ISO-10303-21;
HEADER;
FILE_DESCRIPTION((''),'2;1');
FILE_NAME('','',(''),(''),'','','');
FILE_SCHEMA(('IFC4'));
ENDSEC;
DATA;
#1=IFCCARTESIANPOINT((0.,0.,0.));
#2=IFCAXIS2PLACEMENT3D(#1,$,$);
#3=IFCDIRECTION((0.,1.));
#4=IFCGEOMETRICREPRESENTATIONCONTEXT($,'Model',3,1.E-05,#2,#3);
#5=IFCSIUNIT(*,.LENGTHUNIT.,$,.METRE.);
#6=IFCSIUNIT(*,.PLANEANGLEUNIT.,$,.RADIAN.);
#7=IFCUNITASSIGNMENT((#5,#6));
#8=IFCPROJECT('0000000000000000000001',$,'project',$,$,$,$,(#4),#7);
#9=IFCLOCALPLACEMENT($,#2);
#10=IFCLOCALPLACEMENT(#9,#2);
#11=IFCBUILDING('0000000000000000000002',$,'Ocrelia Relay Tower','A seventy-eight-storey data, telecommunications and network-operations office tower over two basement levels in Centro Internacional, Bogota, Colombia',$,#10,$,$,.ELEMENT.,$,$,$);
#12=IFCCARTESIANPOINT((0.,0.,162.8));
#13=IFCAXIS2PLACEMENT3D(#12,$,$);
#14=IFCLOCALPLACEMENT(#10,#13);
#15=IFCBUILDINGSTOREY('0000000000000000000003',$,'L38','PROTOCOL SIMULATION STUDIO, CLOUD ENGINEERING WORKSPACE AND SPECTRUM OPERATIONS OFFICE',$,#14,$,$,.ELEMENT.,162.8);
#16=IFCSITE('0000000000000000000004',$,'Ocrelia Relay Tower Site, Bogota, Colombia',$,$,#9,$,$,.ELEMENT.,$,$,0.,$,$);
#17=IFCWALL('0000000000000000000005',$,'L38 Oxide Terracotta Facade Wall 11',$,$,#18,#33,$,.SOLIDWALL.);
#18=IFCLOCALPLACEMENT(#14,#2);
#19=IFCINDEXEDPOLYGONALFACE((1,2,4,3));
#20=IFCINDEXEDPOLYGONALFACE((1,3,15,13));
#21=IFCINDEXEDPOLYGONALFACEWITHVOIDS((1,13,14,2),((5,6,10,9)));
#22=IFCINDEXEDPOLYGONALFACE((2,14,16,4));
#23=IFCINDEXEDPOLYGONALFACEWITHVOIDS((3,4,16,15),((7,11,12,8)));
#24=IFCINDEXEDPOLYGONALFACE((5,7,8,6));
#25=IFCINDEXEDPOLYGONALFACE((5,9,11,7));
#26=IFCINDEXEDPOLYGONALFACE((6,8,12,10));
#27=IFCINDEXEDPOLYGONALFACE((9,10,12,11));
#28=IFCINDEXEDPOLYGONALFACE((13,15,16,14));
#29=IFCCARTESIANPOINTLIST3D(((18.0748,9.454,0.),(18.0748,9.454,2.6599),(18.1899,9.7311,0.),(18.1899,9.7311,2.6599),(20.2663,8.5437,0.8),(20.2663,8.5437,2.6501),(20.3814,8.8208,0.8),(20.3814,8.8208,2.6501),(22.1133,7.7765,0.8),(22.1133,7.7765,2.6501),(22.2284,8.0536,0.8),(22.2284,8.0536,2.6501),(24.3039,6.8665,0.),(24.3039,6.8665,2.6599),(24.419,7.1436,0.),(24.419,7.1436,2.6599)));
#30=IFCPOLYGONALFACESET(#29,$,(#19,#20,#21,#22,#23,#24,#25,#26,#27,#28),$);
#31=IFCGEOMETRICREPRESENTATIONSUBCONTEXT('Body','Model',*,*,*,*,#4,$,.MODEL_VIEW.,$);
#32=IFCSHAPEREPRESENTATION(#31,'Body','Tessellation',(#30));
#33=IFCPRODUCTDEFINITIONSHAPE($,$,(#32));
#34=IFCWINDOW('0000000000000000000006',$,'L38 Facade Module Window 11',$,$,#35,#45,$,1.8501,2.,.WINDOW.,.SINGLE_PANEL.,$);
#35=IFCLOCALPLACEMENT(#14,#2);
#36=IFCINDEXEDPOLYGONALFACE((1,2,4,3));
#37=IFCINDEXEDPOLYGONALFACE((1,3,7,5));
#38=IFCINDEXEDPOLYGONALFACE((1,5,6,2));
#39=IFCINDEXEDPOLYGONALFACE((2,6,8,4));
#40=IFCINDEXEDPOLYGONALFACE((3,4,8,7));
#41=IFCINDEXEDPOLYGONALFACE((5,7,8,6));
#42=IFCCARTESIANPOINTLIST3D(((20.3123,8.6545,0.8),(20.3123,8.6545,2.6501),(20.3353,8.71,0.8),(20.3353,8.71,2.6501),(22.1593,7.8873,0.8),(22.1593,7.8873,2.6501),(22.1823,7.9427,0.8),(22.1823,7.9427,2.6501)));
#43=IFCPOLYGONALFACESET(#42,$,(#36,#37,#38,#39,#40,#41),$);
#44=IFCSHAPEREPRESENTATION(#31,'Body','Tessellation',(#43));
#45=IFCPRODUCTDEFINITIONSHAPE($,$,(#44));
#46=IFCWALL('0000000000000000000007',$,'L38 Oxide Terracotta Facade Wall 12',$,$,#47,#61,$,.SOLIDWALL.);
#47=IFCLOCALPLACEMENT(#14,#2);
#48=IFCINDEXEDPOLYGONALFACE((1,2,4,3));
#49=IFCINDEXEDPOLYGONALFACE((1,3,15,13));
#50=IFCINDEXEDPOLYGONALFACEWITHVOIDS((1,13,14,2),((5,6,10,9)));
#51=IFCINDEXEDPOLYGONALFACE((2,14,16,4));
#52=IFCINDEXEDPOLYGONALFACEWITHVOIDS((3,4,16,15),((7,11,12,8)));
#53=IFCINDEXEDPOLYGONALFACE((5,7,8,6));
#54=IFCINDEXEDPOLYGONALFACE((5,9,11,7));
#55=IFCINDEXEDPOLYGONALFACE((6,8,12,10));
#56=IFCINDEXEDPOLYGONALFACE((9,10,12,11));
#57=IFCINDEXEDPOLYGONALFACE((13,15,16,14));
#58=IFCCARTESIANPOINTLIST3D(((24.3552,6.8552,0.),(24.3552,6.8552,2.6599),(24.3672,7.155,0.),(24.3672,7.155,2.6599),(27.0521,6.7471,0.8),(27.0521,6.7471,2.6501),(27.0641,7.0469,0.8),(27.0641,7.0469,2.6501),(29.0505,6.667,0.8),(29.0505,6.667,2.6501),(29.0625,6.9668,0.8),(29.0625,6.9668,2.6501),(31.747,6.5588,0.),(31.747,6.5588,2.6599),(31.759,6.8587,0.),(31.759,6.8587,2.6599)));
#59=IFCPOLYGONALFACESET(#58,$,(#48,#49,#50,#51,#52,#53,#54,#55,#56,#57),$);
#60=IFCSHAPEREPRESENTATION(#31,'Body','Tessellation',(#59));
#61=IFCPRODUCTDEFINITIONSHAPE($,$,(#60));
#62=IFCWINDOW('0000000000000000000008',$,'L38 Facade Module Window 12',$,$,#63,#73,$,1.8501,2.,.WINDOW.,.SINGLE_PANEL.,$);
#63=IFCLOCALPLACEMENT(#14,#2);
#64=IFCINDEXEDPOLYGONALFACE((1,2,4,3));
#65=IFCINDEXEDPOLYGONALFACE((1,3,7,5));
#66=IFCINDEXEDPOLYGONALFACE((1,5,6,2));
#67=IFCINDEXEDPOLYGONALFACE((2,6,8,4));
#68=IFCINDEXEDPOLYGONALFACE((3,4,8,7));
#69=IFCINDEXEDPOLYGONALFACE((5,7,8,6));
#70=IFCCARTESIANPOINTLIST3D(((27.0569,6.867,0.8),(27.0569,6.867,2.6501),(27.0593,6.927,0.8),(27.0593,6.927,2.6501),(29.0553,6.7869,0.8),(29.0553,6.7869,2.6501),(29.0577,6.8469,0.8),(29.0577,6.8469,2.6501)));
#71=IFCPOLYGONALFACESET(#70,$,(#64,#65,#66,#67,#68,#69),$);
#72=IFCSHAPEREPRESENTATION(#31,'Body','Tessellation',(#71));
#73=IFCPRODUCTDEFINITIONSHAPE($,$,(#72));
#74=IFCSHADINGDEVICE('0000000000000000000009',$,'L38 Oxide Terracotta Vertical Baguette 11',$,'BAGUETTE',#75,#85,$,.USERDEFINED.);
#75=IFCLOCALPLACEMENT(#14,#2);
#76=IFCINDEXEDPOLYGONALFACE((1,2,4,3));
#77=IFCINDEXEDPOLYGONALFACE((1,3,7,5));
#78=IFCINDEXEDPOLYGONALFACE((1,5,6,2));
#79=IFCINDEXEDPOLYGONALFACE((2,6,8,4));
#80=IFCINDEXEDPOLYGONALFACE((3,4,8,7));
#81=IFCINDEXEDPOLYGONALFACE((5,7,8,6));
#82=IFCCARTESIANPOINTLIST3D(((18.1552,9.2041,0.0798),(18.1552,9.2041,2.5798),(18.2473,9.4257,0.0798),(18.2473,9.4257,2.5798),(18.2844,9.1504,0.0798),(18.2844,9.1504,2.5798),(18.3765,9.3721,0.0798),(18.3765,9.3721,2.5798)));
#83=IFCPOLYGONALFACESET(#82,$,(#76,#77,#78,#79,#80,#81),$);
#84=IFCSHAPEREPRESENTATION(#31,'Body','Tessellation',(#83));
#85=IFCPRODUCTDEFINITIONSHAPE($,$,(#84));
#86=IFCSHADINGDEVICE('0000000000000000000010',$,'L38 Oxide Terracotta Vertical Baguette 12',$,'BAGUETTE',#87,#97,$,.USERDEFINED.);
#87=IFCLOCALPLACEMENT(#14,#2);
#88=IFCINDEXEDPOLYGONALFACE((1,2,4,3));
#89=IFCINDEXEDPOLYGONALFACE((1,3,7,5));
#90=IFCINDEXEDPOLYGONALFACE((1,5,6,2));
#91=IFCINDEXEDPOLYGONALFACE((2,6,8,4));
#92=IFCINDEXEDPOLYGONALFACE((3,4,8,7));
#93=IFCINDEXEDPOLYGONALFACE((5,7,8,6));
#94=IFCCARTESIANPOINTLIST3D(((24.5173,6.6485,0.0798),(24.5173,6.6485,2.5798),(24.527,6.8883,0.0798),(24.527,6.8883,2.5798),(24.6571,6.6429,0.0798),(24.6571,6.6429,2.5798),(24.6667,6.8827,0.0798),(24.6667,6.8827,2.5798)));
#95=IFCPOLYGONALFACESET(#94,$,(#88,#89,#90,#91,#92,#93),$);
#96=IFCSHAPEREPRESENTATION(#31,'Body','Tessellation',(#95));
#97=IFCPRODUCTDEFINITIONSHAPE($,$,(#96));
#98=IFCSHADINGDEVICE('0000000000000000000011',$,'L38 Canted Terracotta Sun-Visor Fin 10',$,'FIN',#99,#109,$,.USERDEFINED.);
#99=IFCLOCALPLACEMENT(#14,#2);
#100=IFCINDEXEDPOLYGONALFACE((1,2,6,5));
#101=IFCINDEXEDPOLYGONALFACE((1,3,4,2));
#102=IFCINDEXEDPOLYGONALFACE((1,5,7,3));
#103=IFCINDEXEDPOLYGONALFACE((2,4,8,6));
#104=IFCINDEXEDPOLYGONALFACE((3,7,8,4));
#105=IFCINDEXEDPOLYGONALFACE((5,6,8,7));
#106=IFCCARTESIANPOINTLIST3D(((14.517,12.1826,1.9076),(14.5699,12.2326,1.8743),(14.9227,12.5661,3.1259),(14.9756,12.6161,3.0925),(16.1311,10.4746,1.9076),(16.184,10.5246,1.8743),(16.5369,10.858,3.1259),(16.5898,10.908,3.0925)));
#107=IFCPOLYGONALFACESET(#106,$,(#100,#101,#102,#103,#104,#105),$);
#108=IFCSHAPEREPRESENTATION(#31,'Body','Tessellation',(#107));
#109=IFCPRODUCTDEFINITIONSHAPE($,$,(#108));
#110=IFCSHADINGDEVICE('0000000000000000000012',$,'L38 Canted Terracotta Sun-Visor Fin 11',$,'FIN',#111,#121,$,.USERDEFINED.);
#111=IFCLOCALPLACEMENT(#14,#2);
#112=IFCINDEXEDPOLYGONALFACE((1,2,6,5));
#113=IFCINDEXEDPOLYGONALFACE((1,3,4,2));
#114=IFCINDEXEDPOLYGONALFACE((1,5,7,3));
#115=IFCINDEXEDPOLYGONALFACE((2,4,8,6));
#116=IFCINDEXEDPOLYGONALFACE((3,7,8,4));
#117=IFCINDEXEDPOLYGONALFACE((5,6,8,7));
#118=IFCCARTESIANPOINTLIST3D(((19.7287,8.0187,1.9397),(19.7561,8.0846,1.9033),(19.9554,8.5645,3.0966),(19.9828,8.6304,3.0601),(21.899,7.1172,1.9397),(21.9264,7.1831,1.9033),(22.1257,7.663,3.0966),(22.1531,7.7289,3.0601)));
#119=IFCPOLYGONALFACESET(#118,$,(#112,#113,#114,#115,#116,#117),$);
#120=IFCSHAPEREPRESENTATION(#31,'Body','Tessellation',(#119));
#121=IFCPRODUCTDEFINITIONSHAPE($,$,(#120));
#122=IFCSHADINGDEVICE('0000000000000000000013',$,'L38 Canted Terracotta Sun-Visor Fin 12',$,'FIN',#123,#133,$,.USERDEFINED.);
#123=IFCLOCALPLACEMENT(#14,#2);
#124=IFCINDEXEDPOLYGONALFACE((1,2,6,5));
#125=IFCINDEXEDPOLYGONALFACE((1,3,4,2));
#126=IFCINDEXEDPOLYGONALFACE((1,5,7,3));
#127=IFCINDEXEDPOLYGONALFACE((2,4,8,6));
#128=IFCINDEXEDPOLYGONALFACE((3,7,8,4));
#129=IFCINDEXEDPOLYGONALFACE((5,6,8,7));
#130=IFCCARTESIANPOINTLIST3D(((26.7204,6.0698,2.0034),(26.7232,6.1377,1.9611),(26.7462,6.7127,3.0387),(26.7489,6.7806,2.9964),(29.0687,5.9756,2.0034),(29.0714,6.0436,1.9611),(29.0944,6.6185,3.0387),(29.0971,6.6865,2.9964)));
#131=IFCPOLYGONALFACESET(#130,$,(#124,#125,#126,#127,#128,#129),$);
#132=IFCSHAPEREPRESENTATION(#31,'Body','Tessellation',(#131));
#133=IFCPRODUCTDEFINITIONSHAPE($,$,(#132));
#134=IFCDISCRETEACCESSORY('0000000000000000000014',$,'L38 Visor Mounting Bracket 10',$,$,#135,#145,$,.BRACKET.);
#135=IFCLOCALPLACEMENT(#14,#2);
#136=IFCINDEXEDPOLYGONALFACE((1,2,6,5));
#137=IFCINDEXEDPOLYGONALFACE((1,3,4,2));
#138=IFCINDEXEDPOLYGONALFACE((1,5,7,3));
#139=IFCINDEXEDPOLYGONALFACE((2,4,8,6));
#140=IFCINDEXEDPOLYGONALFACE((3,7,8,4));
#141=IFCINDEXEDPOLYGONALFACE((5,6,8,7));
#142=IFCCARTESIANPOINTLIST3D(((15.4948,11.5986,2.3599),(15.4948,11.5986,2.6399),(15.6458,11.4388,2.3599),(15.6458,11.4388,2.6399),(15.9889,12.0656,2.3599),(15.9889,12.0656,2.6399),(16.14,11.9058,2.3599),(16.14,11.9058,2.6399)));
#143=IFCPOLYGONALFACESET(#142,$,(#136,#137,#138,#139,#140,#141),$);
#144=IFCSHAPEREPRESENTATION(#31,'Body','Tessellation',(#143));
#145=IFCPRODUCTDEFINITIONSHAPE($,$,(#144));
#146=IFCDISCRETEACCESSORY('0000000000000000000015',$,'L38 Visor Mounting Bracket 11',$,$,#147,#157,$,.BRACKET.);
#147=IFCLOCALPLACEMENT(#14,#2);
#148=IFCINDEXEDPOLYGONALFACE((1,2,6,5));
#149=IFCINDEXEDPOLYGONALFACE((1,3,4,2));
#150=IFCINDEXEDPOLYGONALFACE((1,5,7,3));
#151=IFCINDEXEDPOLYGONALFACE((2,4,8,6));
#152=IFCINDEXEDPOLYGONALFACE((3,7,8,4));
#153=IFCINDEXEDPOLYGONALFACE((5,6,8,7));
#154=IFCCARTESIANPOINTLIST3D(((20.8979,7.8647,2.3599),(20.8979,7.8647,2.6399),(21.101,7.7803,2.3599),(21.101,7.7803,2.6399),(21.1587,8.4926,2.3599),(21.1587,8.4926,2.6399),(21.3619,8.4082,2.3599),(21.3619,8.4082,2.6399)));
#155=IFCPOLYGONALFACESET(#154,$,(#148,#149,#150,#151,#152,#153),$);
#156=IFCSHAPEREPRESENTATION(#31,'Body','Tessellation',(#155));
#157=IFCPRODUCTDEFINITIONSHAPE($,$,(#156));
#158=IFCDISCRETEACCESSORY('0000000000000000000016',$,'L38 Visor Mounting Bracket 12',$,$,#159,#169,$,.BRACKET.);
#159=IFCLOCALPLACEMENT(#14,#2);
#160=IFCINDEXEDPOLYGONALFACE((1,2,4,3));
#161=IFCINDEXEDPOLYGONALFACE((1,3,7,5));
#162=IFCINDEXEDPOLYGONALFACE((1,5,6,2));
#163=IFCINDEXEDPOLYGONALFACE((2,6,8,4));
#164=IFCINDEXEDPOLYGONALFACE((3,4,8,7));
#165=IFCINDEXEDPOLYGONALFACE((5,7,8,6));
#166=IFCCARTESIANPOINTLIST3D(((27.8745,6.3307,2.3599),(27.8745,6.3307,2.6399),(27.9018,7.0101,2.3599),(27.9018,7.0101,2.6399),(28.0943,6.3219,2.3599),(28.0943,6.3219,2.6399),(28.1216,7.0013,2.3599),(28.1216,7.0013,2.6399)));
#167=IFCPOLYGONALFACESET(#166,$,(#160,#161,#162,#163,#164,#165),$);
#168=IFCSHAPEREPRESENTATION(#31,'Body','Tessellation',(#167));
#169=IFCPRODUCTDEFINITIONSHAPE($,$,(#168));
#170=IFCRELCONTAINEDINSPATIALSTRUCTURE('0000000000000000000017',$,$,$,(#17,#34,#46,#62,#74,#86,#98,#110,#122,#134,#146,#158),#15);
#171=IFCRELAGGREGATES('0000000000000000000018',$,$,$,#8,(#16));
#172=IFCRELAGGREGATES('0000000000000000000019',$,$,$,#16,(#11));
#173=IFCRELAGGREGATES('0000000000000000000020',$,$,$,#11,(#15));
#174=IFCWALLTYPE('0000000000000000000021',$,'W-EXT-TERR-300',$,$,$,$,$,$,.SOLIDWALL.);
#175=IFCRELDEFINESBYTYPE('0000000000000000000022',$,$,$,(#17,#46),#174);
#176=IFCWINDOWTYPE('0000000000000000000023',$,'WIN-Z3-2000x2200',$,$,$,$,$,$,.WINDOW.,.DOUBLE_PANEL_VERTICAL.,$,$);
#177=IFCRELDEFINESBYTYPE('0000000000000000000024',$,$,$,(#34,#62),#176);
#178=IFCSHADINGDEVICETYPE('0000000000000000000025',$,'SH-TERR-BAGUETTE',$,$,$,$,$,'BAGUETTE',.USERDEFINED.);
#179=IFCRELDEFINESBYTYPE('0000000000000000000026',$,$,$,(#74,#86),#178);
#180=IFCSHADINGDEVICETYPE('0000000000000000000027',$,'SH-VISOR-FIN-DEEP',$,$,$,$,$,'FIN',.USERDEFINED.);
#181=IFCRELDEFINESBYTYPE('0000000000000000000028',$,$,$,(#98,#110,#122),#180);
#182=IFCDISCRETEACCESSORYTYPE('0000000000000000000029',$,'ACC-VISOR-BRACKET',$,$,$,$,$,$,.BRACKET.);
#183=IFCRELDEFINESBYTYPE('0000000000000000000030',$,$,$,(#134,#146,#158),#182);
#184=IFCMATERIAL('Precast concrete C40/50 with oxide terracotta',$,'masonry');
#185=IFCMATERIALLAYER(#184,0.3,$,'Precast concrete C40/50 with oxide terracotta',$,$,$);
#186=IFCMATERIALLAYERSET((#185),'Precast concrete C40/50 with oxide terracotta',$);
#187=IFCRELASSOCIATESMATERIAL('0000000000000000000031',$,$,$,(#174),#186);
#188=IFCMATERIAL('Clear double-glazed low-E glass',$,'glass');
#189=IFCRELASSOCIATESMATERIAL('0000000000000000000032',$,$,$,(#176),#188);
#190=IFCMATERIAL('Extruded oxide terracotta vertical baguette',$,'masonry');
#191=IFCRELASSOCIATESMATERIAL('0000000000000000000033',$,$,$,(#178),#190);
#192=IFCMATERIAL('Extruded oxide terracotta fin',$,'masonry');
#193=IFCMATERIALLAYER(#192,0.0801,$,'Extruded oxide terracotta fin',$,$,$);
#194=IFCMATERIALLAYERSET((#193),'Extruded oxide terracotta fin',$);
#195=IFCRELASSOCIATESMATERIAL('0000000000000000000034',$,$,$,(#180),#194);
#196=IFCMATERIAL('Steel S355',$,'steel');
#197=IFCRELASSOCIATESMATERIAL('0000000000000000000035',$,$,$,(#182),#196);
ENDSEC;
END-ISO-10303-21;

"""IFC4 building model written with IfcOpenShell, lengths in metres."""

from ifc_helpers import new_model, si_unit, direction, frame, frame_2d, origin, origin_2d, place, context, subcontext, project, spatial, rectangle, extrude, material, layer, layer_set, type_object, element, fill, save


model = new_model("IFC4")

# Units and contexts
model_context = context("Model", 3, precision=1e-05, world=origin(), true_north=direction((0.0, 1.0)))
body_context = subcontext(model_context, "Body", "Model", "MODEL_VIEW")
ifc_project = project(units=[si_unit("LENGTHUNIT", "METRE"), si_unit("PLANEANGLEUNIT", "RADIAN")], contexts=[model_context])

# Site, building, storey
site_placement = place(None, origin())
site = spatial("IfcSite", under=ifc_project, at=site_placement, Name="Ocrelia Relay Tower Site, Bogota, Colombia", CompositionType="ELEMENT", RefElevation=0.0)
building_placement = place(site_placement, origin())
building = spatial("IfcBuilding", under=site, at=building_placement, Name="Ocrelia Relay Tower", Description="A seventy-eight-storey data, telecommunications and network-operations office tower over two basement levels in Centro Internacional, Bogota, Colombia", CompositionType="ELEMENT")
storey_placement = place(building_placement, frame((0.0, 0.0, 162.8)))
storey = spatial("IfcBuildingStorey", under=building, at=storey_placement, Name="L38", Description="PROTOCOL SIMULATION STUDIO, CLOUD ENGINEERING WORKSPACE AND SPECTRUM OPERATIONS OFFICE", CompositionType="ELEMENT", Elevation=162.8)

# Shared definitions
ifc_material_1 = material(Name="Steel S355", Category="steel")

# Shared definitions
ifc_material_2 = material(Name="Clear double-glazed low-E glass", Category="glass")

# Walls, openings, windows
ifc_material_3 = material(Name="Precast concrete C40/50 with oxide terracotta", Category="masonry")
ifc_layer_1 = layer(ifc_material_3, 0.3, Name="Precast concrete C40/50 with oxide terracotta")
ifc_layer_set_1 = layer_set([ifc_layer_1], Name="Precast concrete C40/50 with oxide terracotta")
wall_type_1 = type_object("IfcWallType", Name="W-EXT-TERR-300", PredefinedType="SOLIDWALL", material=ifc_layer_set_1)
wall_1_placement = place(storey_placement, frame((18.1323, 9.5925, 0.0), z_axis=(0.0, 0.0, 1.0), x_axis=(0.923498, -0.383603, 0.0)))
wall_1 = element("IfcWall", 1, at=wall_1_placement, inside=storey, type_object=wall_type_1, Name="L38 Oxide Terracotta Facade Wall 11", PredefinedType="SOLIDWALL", context=body_context, shape_type="SweptSolid", body=[
    extrude(rectangle(XDim=6.7451, YDim=0.3, at=frame_2d((3.3726, 0.0))), origin(), (0.0, 0.0, 1.0), 2.6599),
])
opening_1_placement = place(wall_1_placement, frame((2.373, 0.0, 0.8)))
opening_1 = element("IfcOpeningElement", 2, at=opening_1_placement, cuts=wall_1, PredefinedType="OPENING", context=body_context, shape_type="SweptSolid", body=[
    extrude(rectangle(XDim=2.0, YDim=1.8501, at=frame_2d((1.0, 0.925))), frame((0.0, 0.1602, 0.0), z_axis=(0.0, -1.0, 0.0), x_axis=(1.0, 0.0, 0.0)), (0.0, 0.0, 1.0), 0.3201),
])
window_type = type_object("IfcWindowType", Name="WIN-Z3-2000x2200", PartitioningType="DOUBLE_PANEL_VERTICAL", PredefinedType="WINDOW", material=ifc_material_2)
window_1_placement = place(opening_1_placement, origin())
window_1 = element("IfcWindow", 3, at=window_1_placement, inside=storey, type_object=window_type, Name="L38 Facade Module Window 11", OverallHeight=1.8501, OverallWidth=2.0, PartitioningType="SINGLE_PANEL", PredefinedType="WINDOW", context=body_context, shape_type="SweptSolid", body=[
    extrude(rectangle(XDim=2.0, YDim=1.8501, at=frame_2d((1.0, 0.925))), frame((0.0, 0.03, 0.0), z_axis=(0.0, -1.0, 0.0), x_axis=(1.0, 0.0, 0.0)), (0.0, 0.0, 1.0), 0.0601),
])
fill(opening_1, window_1)
wall_2_placement = place(storey_placement, frame((24.3613, 7.0051, 0.0), z_axis=(0.0, 0.0, 1.0), x_axis=(0.999197, -0.040064, 0.0)))
wall_2 = element("IfcWall", 4, at=wall_2_placement, inside=storey, type_object=wall_type_1, Name="L38 Oxide Terracotta Facade Wall 12", PredefinedType="SOLIDWALL", context=body_context, shape_type="SweptSolid", body=[
    extrude(rectangle(XDim=7.3977, YDim=0.3, at=frame_2d((3.6987, 0.0))), origin(), (0.0, 0.0, 1.0), 2.6599),
])
opening_2_placement = place(wall_2_placement, frame((2.699, 0.0, 0.8)))
opening_2 = element("IfcOpeningElement", 5, at=opening_2_placement, cuts=wall_2, PredefinedType="OPENING", context=body_context, shape_type="SweptSolid", body=[
    extrude(rectangle(XDim=2.0, YDim=1.8501, at=frame_2d((1.0, 0.925))), frame((0.0, 0.1602, 0.0), z_axis=(0.0, -1.0, 0.0), x_axis=(1.0, 0.0, 0.0)), (0.0, 0.0, 1.0), 0.3201),
])
window_2_placement = place(opening_2_placement, origin())
window_2 = element("IfcWindow", 6, at=window_2_placement, inside=storey, type_object=window_type, Name="L38 Facade Module Window 12", OverallHeight=1.8501, OverallWidth=2.0, PartitioningType="SINGLE_PANEL", PredefinedType="WINDOW", context=body_context, shape_type="SweptSolid", body=[
    extrude(rectangle(XDim=2.0, YDim=1.8501, at=frame_2d((1.0, 0.925))), frame((0.0, 0.03, 0.0), z_axis=(0.0, -1.0, 0.0), x_axis=(1.0, 0.0, 0.0)), (0.0, 0.0, 1.0), 0.0601),
])
fill(opening_2, window_2)

# Shading devices
ifc_material_4 = material(Name="Extruded oxide terracotta vertical baguette", Category="masonry")
shading_device_type_1 = type_object("IfcShadingDeviceType", Name="SH-TERR-BAGUETTE", ElementType="BAGUETTE", PredefinedType="USERDEFINED", material=ifc_material_4)
for number, where, z_axis, x_axis, name in (
    (7, (18.2659, 9.2881, 0.0798), (0.0, 0.0, 1.0), (0.923498, -0.383602, 0.0), "L38 Oxide Terracotta Vertical Baguette 11"),
    (8, (24.592, 6.7656, 0.0798), (0.0, 0.0, 1.0), (0.999198, -0.040053, 0.0), "L38 Oxide Terracotta Vertical Baguette 12"),
):
    element("IfcShadingDevice", number, at=place(storey_placement, frame(where, z_axis=z_axis, x_axis=x_axis)), inside=storey, type_object=shading_device_type_1, Name=name, ObjectType="BAGUETTE", PredefinedType="USERDEFINED", context=body_context, shape_type="SweptSolid", body=[
        extrude(rectangle(XDim=0.1399, YDim=0.24, at=origin_2d()), origin(), (0.0, 0.0, 1.0), 2.5),
    ])
ifc_material_5 = material(Name="Extruded oxide terracotta fin", Category="masonry")
ifc_layer_2 = layer(ifc_material_5, 0.0801, Name="Extruded oxide terracotta fin")
ifc_layer_set_2 = layer_set([ifc_layer_2], Name="Extruded oxide terracotta fin")
shading_device_type_2 = type_object("IfcShadingDeviceType", Name="SH-VISOR-FIN-DEEP", ElementType="FIN", PredefinedType="USERDEFINED", material=ifc_layer_set_2)
shading_device_1_placement = place(storey_placement, frame((15.5798, 11.5703, 2.4834), z_axis=(-0.660734, -0.624401, 0.416598), x_axis=(0.686841, -0.726808, 0.0)))
element("IfcShadingDevice", 9, at=shading_device_1_placement, inside=storey, type_object=shading_device_type_2, Name="L38 Canted Terracotta Sun-Visor Fin 10", ObjectType="FIN", PredefinedType="USERDEFINED", context=body_context, shape_type="SweptSolid", body=[
    extrude(rectangle(XDim=2.3501, YDim=1.3401, at=origin_2d()), origin(), (0.0, 0.0, 1.0), 0.0801),
])
shading_device_2_placement = place(storey_placement, frame((20.9546, 7.9067, 2.4817), z_axis=(-0.34161, -0.822404, 0.454923), x_axis=(0.923498, -0.383602, 0.0)))
element("IfcShadingDevice", 10, at=shading_device_2_placement, inside=storey, type_object=shading_device_type_2, Name="L38 Canted Terracotta Sun-Visor Fin 11", ObjectType="FIN", PredefinedType="USERDEFINED", context=body_context, shape_type="SweptSolid", body=[
    extrude(rectangle(XDim=2.3501, YDim=1.2991, at=origin_2d()), origin(), (0.0, 0.0, 1.0), 0.0801),
])
shading_device_3_placement = place(storey_placement, frame((27.9102, 6.4121, 2.4788), z_axis=(-0.034019, -0.848659, 0.527846), x_axis=(0.999198, -0.040053, 0.0)))
element("IfcShadingDevice", 11, at=shading_device_3_placement, inside=storey, type_object=shading_device_type_2, Name="L38 Canted Terracotta Sun-Visor Fin 12", ObjectType="FIN", PredefinedType="USERDEFINED", context=body_context, shape_type="SweptSolid", body=[
    extrude(rectangle(XDim=2.3501, YDim=1.219, at=origin_2d()), origin(), (0.0, 0.0, 1.0), 0.0801),
])

# Discrete accessories
discrete_accessory_type = type_object("IfcDiscreteAccessoryType", Name="ACC-VISOR-BRACKET", PredefinedType="BRACKET", material=ifc_material_1)
for number, where, z_axis, x_axis, name in (
    (12, (15.8174, 11.7522, 2.3599), (0.0, 0.0, 1.0), (0.686841, -0.726808, 0.0), "L38 Visor Mounting Bracket 10"),
    (13, (21.1299, 8.1365, 2.3599), (0.0, 0.0, 1.0), (0.923498, -0.383602, 0.0), "L38 Visor Mounting Bracket 11"),
    (14, (27.998, 6.666, 2.3599), (0.0, 0.0, 1.0), (0.999198, -0.040053, 0.0), "L38 Visor Mounting Bracket 12"),
):
    element("IfcDiscreteAccessory", number, at=place(storey_placement, frame(where, z_axis=z_axis, x_axis=x_axis)), inside=storey, type_object=discrete_accessory_type, Name=name, PredefinedType="BRACKET", context=body_context, shape_type="SweptSolid", body=[
        extrude(rectangle(XDim=0.22, YDim=0.6799, at=origin_2d()), origin(), (0.0, 0.0, 1.0), 0.28),
    ])

save(model, "model.ifc")
